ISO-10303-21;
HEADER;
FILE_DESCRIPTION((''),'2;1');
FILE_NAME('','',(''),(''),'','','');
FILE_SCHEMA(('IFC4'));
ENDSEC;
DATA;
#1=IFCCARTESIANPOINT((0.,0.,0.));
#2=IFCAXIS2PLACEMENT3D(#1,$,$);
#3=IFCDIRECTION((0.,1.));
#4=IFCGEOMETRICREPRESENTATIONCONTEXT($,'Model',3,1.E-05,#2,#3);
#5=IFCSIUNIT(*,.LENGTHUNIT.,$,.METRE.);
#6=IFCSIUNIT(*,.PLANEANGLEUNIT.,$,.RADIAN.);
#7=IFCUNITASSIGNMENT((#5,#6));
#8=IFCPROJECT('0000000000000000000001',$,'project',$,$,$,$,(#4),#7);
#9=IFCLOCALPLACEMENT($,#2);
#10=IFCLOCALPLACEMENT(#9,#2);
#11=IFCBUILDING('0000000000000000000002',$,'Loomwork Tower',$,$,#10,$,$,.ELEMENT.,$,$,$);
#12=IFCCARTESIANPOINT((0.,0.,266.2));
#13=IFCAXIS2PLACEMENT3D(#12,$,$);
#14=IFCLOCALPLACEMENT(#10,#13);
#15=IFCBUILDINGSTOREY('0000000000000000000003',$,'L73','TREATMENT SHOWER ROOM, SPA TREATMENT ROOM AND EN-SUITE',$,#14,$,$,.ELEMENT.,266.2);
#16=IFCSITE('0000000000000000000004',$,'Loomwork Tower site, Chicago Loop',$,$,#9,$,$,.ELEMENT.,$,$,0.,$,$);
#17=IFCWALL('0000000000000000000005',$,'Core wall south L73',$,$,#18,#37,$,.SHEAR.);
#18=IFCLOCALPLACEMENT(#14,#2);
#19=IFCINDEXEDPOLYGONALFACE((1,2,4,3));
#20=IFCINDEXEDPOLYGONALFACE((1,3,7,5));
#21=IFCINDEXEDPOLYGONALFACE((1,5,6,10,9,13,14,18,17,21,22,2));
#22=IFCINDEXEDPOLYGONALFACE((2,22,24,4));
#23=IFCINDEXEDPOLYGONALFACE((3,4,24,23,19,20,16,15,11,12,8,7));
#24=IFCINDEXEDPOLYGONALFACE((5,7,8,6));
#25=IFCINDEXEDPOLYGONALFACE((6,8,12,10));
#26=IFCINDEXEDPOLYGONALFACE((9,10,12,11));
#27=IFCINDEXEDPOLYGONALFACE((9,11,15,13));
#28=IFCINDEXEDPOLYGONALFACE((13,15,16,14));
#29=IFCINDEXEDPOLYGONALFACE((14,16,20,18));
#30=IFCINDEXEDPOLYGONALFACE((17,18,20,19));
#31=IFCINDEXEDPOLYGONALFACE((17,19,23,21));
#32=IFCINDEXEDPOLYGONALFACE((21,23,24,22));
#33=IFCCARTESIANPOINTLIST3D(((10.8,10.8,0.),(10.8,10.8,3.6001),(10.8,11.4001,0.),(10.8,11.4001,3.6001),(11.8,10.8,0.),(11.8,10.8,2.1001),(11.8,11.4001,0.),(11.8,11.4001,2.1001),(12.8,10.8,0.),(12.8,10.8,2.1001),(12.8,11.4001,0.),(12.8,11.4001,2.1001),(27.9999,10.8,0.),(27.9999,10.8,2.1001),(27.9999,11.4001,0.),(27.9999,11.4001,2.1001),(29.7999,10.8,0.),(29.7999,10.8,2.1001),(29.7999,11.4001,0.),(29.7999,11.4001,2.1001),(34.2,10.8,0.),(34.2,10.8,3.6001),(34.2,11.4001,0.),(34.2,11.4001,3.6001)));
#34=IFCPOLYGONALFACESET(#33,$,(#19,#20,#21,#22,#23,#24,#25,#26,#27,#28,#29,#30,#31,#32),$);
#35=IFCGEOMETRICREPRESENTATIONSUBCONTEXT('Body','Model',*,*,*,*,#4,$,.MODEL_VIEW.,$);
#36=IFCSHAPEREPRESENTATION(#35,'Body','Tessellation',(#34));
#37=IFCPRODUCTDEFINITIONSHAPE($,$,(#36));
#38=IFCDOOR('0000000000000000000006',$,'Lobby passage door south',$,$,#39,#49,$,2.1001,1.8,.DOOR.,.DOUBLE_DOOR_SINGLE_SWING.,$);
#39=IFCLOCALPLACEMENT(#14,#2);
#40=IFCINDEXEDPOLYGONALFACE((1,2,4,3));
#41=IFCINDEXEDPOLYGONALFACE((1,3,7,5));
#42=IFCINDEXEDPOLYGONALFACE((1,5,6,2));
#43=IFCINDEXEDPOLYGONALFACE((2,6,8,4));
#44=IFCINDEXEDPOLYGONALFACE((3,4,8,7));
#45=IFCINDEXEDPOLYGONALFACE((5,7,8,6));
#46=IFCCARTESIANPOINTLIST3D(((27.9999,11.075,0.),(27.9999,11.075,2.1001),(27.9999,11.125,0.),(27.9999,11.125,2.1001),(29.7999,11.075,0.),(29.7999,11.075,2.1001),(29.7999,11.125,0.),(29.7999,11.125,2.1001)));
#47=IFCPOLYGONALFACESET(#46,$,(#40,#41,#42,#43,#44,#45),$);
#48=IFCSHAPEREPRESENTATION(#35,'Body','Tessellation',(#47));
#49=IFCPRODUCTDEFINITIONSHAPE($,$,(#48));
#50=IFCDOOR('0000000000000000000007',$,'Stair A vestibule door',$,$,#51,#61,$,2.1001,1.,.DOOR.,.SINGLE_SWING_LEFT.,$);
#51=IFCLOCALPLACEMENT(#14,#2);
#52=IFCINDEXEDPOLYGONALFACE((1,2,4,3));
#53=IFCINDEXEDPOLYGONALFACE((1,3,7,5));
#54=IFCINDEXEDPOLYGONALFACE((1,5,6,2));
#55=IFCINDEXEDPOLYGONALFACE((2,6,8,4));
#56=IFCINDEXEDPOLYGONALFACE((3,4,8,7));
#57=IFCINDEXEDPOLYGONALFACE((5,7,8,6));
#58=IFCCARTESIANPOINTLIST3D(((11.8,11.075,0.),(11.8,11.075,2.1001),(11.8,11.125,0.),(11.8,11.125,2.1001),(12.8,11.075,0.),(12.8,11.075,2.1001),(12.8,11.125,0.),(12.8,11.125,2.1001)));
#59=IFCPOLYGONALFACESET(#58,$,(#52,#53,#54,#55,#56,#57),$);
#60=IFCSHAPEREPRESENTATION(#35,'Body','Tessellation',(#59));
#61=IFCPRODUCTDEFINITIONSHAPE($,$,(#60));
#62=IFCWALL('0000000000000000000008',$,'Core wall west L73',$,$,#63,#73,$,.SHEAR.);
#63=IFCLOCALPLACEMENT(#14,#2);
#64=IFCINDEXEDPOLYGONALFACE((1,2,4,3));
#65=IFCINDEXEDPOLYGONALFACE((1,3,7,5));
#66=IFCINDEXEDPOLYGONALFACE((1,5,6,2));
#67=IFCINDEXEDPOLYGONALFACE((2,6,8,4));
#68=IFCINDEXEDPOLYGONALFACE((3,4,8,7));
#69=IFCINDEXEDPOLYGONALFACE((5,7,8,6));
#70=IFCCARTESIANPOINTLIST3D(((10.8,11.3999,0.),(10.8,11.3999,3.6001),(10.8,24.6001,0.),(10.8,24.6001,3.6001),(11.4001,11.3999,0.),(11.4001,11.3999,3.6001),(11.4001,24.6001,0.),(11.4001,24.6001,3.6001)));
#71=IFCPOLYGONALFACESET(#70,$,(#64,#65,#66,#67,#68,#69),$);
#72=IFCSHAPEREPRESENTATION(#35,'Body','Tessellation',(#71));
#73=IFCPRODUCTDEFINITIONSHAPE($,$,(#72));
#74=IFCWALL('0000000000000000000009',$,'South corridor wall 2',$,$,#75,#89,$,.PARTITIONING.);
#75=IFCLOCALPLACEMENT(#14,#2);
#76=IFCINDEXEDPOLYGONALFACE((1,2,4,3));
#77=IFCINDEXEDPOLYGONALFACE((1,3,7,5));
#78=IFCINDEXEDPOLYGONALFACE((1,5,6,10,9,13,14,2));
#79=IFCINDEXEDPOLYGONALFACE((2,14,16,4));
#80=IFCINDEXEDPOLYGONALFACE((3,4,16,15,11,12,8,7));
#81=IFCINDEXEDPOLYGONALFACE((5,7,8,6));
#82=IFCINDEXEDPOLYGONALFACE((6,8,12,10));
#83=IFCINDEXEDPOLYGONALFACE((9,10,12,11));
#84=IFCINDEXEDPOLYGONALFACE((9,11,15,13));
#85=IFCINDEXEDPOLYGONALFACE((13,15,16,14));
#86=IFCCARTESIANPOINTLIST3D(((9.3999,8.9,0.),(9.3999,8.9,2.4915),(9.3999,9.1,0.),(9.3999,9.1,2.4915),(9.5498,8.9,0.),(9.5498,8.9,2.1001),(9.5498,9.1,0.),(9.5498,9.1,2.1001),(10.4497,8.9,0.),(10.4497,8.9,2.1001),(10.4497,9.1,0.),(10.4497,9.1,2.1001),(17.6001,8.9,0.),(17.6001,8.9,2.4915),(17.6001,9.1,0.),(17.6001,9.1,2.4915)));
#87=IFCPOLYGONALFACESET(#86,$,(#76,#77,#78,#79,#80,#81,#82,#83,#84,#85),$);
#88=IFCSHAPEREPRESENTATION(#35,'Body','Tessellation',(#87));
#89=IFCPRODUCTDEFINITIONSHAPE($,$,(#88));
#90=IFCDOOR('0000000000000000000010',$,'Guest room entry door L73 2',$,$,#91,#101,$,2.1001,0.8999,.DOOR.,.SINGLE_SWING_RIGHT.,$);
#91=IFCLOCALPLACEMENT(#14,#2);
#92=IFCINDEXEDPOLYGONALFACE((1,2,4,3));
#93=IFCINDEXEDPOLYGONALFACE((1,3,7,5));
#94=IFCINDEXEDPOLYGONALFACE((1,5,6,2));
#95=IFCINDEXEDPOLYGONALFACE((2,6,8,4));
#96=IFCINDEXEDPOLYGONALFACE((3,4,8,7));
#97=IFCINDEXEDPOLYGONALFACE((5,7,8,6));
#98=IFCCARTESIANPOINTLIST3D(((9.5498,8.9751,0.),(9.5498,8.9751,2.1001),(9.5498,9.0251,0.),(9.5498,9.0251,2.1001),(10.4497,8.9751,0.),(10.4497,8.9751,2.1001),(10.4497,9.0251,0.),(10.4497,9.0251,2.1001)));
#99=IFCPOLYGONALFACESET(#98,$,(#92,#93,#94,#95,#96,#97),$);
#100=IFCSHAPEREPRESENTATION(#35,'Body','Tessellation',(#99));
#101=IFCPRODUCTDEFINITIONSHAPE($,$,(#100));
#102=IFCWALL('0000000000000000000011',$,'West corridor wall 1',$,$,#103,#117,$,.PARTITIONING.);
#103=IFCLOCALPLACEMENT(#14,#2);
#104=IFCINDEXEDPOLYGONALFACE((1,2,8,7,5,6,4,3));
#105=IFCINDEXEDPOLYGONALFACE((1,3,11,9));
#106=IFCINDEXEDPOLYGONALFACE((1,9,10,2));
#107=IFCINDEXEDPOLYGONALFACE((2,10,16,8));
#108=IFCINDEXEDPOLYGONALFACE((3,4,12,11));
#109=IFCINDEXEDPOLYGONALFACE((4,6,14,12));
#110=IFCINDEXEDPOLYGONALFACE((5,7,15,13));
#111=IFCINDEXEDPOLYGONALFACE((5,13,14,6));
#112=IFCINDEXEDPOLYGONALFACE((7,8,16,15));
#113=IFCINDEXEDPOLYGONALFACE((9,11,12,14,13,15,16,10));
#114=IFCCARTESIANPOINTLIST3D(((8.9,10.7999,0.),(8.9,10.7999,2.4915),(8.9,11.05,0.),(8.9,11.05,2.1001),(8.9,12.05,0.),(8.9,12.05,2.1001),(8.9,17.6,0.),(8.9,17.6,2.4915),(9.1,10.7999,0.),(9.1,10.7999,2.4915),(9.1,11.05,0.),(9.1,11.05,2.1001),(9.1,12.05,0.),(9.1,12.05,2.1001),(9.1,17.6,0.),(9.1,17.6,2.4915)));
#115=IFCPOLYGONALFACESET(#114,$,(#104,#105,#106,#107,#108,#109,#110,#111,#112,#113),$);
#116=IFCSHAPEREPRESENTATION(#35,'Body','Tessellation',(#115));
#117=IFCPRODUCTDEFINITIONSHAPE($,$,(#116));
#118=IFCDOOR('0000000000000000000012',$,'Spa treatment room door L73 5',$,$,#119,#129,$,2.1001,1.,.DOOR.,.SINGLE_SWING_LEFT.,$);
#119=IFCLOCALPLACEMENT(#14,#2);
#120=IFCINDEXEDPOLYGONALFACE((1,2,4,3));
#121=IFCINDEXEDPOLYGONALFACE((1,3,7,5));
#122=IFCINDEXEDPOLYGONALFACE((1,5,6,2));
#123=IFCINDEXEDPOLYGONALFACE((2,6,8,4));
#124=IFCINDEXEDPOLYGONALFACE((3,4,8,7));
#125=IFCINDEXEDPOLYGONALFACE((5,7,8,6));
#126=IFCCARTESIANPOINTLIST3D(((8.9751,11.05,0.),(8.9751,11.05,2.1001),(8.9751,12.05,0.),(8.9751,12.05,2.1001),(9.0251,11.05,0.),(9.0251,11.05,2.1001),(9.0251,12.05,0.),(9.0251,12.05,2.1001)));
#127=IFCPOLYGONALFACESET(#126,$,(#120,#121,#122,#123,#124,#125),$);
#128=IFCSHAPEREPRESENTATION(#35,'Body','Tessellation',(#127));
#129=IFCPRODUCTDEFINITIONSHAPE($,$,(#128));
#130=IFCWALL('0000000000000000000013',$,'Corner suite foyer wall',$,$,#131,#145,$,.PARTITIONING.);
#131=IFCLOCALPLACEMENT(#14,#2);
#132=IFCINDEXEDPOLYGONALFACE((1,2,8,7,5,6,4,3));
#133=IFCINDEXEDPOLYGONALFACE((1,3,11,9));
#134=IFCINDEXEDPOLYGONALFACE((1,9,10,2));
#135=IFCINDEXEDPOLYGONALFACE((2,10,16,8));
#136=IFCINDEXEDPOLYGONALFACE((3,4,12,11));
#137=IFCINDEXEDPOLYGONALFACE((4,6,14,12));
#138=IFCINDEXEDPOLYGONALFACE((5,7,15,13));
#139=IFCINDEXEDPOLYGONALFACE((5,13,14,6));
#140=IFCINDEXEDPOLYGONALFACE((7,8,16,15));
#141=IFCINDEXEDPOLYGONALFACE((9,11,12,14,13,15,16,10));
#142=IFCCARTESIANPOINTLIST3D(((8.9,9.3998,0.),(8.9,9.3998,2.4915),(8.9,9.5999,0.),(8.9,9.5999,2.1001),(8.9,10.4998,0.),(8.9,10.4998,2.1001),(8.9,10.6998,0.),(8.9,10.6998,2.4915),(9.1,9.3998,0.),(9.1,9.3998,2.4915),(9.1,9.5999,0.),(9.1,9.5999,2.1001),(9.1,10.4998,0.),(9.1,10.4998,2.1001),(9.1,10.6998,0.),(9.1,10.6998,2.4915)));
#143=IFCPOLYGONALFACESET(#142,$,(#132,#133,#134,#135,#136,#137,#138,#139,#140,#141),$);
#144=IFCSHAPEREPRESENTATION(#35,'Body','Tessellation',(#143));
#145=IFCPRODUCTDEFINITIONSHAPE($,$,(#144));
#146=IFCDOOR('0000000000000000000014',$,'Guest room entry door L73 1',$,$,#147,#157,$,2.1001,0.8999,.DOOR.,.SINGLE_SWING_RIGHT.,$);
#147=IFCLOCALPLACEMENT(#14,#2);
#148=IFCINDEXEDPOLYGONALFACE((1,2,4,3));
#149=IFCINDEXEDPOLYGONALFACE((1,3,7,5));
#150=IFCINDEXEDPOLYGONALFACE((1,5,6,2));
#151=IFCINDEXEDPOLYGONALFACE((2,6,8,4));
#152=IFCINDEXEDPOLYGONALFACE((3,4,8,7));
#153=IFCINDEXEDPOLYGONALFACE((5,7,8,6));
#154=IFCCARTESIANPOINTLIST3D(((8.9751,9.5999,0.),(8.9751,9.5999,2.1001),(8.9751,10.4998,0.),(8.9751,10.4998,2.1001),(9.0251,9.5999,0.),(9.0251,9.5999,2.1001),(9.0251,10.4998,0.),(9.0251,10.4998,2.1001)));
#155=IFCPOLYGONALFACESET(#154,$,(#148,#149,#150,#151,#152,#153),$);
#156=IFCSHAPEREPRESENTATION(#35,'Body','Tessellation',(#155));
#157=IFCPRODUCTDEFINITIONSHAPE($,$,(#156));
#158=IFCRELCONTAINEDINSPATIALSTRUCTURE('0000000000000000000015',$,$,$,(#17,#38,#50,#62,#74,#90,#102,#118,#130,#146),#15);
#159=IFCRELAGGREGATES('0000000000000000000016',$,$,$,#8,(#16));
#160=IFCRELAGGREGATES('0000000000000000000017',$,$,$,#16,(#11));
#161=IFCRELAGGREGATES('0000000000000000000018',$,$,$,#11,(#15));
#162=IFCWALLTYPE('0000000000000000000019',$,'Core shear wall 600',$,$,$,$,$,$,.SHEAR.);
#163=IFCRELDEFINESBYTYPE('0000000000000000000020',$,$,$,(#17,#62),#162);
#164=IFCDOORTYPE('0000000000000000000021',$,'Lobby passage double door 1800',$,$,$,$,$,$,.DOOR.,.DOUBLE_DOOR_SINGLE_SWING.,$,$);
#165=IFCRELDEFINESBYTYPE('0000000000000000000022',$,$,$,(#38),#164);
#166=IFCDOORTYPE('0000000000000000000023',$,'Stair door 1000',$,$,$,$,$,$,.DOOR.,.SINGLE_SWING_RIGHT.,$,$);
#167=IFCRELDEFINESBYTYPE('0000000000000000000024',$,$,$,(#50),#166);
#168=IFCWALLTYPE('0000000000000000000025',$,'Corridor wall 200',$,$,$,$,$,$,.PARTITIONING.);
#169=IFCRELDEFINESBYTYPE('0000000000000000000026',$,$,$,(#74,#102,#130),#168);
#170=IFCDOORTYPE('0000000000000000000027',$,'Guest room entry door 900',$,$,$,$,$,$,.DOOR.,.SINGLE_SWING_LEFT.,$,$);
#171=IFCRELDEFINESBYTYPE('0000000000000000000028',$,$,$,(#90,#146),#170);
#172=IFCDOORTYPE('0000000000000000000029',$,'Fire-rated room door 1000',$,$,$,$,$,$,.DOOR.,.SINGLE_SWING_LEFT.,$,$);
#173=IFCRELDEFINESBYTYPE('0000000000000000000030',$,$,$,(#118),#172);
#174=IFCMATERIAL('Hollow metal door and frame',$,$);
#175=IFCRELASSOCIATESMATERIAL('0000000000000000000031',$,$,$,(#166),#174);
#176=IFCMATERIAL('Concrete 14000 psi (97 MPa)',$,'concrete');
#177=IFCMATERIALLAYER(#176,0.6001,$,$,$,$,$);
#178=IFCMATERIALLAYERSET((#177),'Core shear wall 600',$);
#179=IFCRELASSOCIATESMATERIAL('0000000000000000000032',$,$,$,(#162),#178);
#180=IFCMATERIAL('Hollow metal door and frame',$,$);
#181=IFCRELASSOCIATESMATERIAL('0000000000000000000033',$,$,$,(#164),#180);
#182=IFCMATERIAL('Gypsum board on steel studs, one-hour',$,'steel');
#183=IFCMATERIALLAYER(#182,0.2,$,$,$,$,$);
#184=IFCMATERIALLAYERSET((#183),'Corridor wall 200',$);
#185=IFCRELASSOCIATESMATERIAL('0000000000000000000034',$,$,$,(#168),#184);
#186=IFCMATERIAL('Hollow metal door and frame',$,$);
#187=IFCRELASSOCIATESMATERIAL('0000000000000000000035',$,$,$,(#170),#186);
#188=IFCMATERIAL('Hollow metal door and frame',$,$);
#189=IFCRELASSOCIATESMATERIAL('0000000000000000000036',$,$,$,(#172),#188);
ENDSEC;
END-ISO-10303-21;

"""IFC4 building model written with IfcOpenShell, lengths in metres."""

from ifc_helpers import new_model, si_unit, direction, frame, frame_2d, origin, place, context, subcontext, project, spatial, rectangle, extrude, material, layer, layer_set, type_object, element, fill, save


model = new_model("IFC4")

# Units and contexts
model_context = context("Model", 3, precision=1e-05, world=origin(), true_north=direction((0.0, 1.0)))
body_context = subcontext(model_context, "Body", "Model", "MODEL_VIEW")
ifc_project = project(units=[si_unit("LENGTHUNIT", "METRE"), si_unit("PLANEANGLEUNIT", "RADIAN")], contexts=[model_context])

# Site, building, storey
site_placement = place(None, origin())
site = spatial("IfcSite", under=ifc_project, at=site_placement, Name="Loomwork Tower site, Chicago Loop", CompositionType="ELEMENT", RefElevation=0.0)
building_placement = place(site_placement, origin())
building = spatial("IfcBuilding", under=site, at=building_placement, Name="Loomwork Tower", CompositionType="ELEMENT")
storey_placement = place(building_placement, frame((0.0, 0.0, 266.2)))
storey = spatial("IfcBuildingStorey", under=building, at=storey_placement, Name="L73", Description="TREATMENT SHOWER ROOM, SPA TREATMENT ROOM AND EN-SUITE", CompositionType="ELEMENT", Elevation=266.2)

# Shared definitions
ifc_material_1 = material(Name="Hollow metal door and frame")
door_type_1 = type_object("IfcDoorType", Name="Stair door 1000", OperationType="SINGLE_SWING_RIGHT", PredefinedType="DOOR", material=ifc_material_1)

# Wall, openings, doors
ifc_material_2 = material(Name="Concrete 14000 psi (97 MPa)", Category="concrete")
ifc_layer_1 = layer(ifc_material_2, 0.6001)
ifc_layer_set_1 = layer_set([ifc_layer_1], Name="Core shear wall 600")
wall_type_1 = type_object("IfcWallType", Name="Core shear wall 600", PredefinedType="SHEAR", material=ifc_layer_set_1)
wall_1_placement = place(storey_placement, frame((10.8, 11.1001, 0.0), z_axis=(0.0, 0.0, 1.0), x_axis=(1.0, 0.0, 0.0)))
wall_1 = element("IfcWall", 1, at=wall_1_placement, inside=storey, type_object=wall_type_1, Name="Core wall south L73", PredefinedType="SHEAR", context=body_context, shape_type="SweptSolid", body=[
    extrude(rectangle(XDim=23.3999, YDim=0.6001, at=frame_2d((11.7, 0.0))), origin(), (0.0, 0.0, 1.0), 3.6001),
])
opening_1_placement = place(wall_1_placement, frame((1.0, 0.0, 0.0)))
opening_1 = element("IfcOpeningElement", 2, at=opening_1_placement, cuts=wall_1, PredefinedType="OPENING", context=body_context, shape_type="SweptSolid", body=[
    extrude(rectangle(XDim=1.0, YDim=2.1001, at=frame_2d((0.5, 1.05))), frame((0.0, 0.3101, 0.0), z_axis=(0.0, -1.0, 0.0), x_axis=(1.0, 0.0, 0.0)), (0.0, 0.0, 1.0), 0.6201),
])
opening_2_placement = place(wall_1_placement, frame((17.2, 0.0, 0.0)))
opening_2 = element("IfcOpeningElement", 3, at=opening_2_placement, cuts=wall_1, PredefinedType="OPENING", context=body_context, shape_type="SweptSolid", body=[
    extrude(rectangle(XDim=1.8, YDim=2.1001, at=frame_2d((0.8999, 1.05))), frame((0.0, 0.3101, 0.0), z_axis=(0.0, -1.0, 0.0), x_axis=(1.0, 0.0, 0.0)), (0.0, 0.0, 1.0), 0.6201),
])
ifc_material_3 = material(Name="Hollow metal door and frame")
door_type_2 = type_object("IfcDoorType", Name="Lobby passage double door 1800", OperationType="DOUBLE_DOOR_SINGLE_SWING", PredefinedType="DOOR", material=ifc_material_3)
door_1_placement = place(opening_2_placement, origin())
door_1 = element("IfcDoor", 4, at=door_1_placement, inside=storey, type_object=door_type_2, Name="Lobby passage door south", OperationType="DOUBLE_DOOR_SINGLE_SWING", OverallHeight=2.1001, OverallWidth=1.8, PredefinedType="DOOR", context=body_context, shape_type="SweptSolid", body=[
    extrude(rectangle(XDim=1.8, YDim=2.1001, at=frame_2d((0.8999, 1.05))), frame((0.0, 0.0249, 0.0), z_axis=(0.0, -1.0, 0.0), x_axis=(1.0, 0.0, 0.0)), (0.0, 0.0, 1.0), 0.05),
])
fill(opening_2, door_1)
door_2_placement = place(opening_1_placement, origin())
door_2 = element("IfcDoor", 5, at=door_2_placement, inside=storey, type_object=door_type_1, Name="Stair A vestibule door", OperationType="SINGLE_SWING_LEFT", OverallHeight=2.1001, OverallWidth=1.0, PredefinedType="DOOR", context=body_context, shape_type="SweptSolid", body=[
    extrude(rectangle(XDim=1.0, YDim=2.1001, at=frame_2d((0.5, 1.05))), frame((0.0, 0.0249, 0.0), z_axis=(0.0, -1.0, 0.0), x_axis=(1.0, 0.0, 0.0)), (0.0, 0.0, 1.0), 0.05),
])
fill(opening_1, door_2)

# Wall
wall_2_placement = place(storey_placement, frame((11.1001, 11.3999, 0.0), z_axis=(0.0, 0.0, 1.0), x_axis=(0.0, 1.0, 0.0)))
element("IfcWall", 6, at=wall_2_placement, inside=storey, type_object=wall_type_1, Name="Core wall west L73", PredefinedType="SHEAR", context=body_context, shape_type="SweptSolid", body=[
    extrude(rectangle(XDim=13.2002, YDim=0.6001, at=frame_2d((6.6001, 0.0))), origin(), (0.0, 0.0, 1.0), 3.6001),
])

# Walls, openings, doors
ifc_material_4 = material(Name="Gypsum board on steel studs, one-hour", Category="steel")
ifc_layer_2 = layer(ifc_material_4, 0.2)
ifc_layer_set_2 = layer_set([ifc_layer_2], Name="Corridor wall 200")
wall_type_2 = type_object("IfcWallType", Name="Corridor wall 200", PredefinedType="PARTITIONING", material=ifc_layer_set_2)
wall_3_placement = place(storey_placement, frame((9.3999, 9.0, 0.0), z_axis=(0.0, 0.0, 1.0), x_axis=(1.0, 0.0, 0.0)))
wall_3 = element("IfcWall", 7, at=wall_3_placement, inside=storey, type_object=wall_type_2, Name="South corridor wall 2", PredefinedType="PARTITIONING", context=body_context, shape_type="SweptSolid", body=[
    extrude(rectangle(XDim=8.2002, YDim=0.2, at=frame_2d((4.1001, 0.0))), origin(), (0.0, 0.0, 1.0), 2.4915),
])
opening_3_placement = place(wall_3_placement, frame((0.1499, 0.0, 0.0)))
opening_3 = element("IfcOpeningElement", 8, at=opening_3_placement, cuts=wall_3, PredefinedType="OPENING", context=body_context, shape_type="SweptSolid", body=[
    extrude(rectangle(XDim=0.8999, YDim=2.1001, at=frame_2d((0.45, 1.05))), frame((0.0, 0.1099, 0.0), z_axis=(0.0, -1.0, 0.0), x_axis=(1.0, 0.0, 0.0)), (0.0, 0.0, 1.0), 0.22),
])
ifc_material_5 = material(Name="Hollow metal door and frame")
door_type_3 = type_object("IfcDoorType", Name="Guest room entry door 900", OperationType="SINGLE_SWING_LEFT", PredefinedType="DOOR", material=ifc_material_5)
door_3_placement = place(opening_3_placement, frame((0.8999, 0.0, 0.0), z_axis=(0.0, 0.0, 1.0), x_axis=(-1.0, 0.0, 0.0)))
door_3 = element("IfcDoor", 9, at=door_3_placement, inside=storey, type_object=door_type_3, Name="Guest room entry door L73 2", OperationType="SINGLE_SWING_RIGHT", OverallHeight=2.1001, OverallWidth=0.8999, PredefinedType="DOOR", context=body_context, shape_type="SweptSolid", body=[
    extrude(rectangle(XDim=0.8999, YDim=2.1001, at=frame_2d((0.45, 1.05))), frame((0.0, 0.0249, 0.0), z_axis=(0.0, -1.0, 0.0), x_axis=(1.0, 0.0, 0.0)), (0.0, 0.0, 1.0), 0.05),
])
fill(opening_3, door_3)
wall_4_placement = place(storey_placement, frame((9.0, 10.8, 0.0), z_axis=(0.0, 0.0, 1.0), x_axis=(0.0, 1.0, 0.0)))
wall_4 = element("IfcWall", 10, at=wall_4_placement, inside=storey, type_object=wall_type_2, Name="West corridor wall 1", PredefinedType="PARTITIONING", context=body_context, shape_type="SweptSolid", body=[
    extrude(rectangle(XDim=6.8, YDim=0.2, at=frame_2d((3.3999, 0.0))), origin(), (0.0, 0.0, 1.0), 2.4915),
])
opening_4_placement = place(wall_4_placement, frame((0.25, 0.0, 0.0)))
opening_4 = element("IfcOpeningElement", 11, at=opening_4_placement, cuts=wall_4, PredefinedType="OPENING", context=body_context, shape_type="SweptSolid", body=[
    extrude(rectangle(XDim=1.0, YDim=2.1001, at=frame_2d((0.5, 1.05))), frame((0.0, 0.1099, 0.0), z_axis=(0.0, -1.0, 0.0), x_axis=(1.0, 0.0, 0.0)), (0.0, 0.0, 1.0), 0.22),
])
ifc_material_6 = material(Name="Hollow metal door and frame")
door_type_4 = type_object("IfcDoorType", Name="Fire-rated room door 1000", OperationType="SINGLE_SWING_LEFT", PredefinedType="DOOR", material=ifc_material_6)
door_4_placement = place(opening_4_placement, origin())
door_4 = element("IfcDoor", 12, at=door_4_placement, inside=storey, type_object=door_type_4, Name="Spa treatment room door L73 5", OperationType="SINGLE_SWING_LEFT", OverallHeight=2.1001, OverallWidth=1.0, PredefinedType="DOOR", context=body_context, shape_type="SweptSolid", body=[
    extrude(rectangle(XDim=1.0, YDim=2.1001, at=frame_2d((0.5, 1.05))), frame((0.0, 0.0249, 0.0), z_axis=(0.0, -1.0, 0.0), x_axis=(1.0, 0.0, 0.0)), (0.0, 0.0, 1.0), 0.05),
])
fill(opening_4, door_4)
wall_5_placement = place(storey_placement, frame((9.0, 9.3999, 0.0), z_axis=(0.0, 0.0, 1.0), x_axis=(0.0, 1.0, 0.0)))
wall_5 = element("IfcWall", 13, at=wall_5_placement, inside=storey, type_object=wall_type_2, Name="Corner suite foyer wall", PredefinedType="PARTITIONING", context=body_context, shape_type="SweptSolid", body=[
    extrude(rectangle(XDim=1.3, YDim=0.2, at=frame_2d((0.6499, 0.0))), origin(), (0.0, 0.0, 1.0), 2.4915),
])
opening_5_placement = place(wall_5_placement, frame((0.2, 0.0, 0.0)))
opening_5 = element("IfcOpeningElement", 14, at=opening_5_placement, cuts=wall_5, PredefinedType="OPENING", context=body_context, shape_type="SweptSolid", body=[
    extrude(rectangle(XDim=0.8999, YDim=2.1001, at=frame_2d((0.45, 1.05))), frame((0.0, 0.1099, 0.0), z_axis=(0.0, -1.0, 0.0), x_axis=(1.0, 0.0, 0.0)), (0.0, 0.0, 1.0), 0.22),
])
door_5_placement = place(opening_5_placement, origin())
door_5 = element("IfcDoor", 15, at=door_5_placement, inside=storey, type_object=door_type_3, Name="Guest room entry door L73 1", OperationType="SINGLE_SWING_RIGHT", OverallHeight=2.1001, OverallWidth=0.8999, PredefinedType="DOOR", context=body_context, shape_type="SweptSolid", body=[
    extrude(rectangle(XDim=0.8999, YDim=2.1001, at=frame_2d((0.45, 1.05))), frame((0.0, 0.0249, 0.0), z_axis=(0.0, -1.0, 0.0), x_axis=(1.0, 0.0, 0.0)), (0.0, 0.0, 1.0), 0.05),
])
fill(opening_5, door_5)

save(model, "model.ifc")
